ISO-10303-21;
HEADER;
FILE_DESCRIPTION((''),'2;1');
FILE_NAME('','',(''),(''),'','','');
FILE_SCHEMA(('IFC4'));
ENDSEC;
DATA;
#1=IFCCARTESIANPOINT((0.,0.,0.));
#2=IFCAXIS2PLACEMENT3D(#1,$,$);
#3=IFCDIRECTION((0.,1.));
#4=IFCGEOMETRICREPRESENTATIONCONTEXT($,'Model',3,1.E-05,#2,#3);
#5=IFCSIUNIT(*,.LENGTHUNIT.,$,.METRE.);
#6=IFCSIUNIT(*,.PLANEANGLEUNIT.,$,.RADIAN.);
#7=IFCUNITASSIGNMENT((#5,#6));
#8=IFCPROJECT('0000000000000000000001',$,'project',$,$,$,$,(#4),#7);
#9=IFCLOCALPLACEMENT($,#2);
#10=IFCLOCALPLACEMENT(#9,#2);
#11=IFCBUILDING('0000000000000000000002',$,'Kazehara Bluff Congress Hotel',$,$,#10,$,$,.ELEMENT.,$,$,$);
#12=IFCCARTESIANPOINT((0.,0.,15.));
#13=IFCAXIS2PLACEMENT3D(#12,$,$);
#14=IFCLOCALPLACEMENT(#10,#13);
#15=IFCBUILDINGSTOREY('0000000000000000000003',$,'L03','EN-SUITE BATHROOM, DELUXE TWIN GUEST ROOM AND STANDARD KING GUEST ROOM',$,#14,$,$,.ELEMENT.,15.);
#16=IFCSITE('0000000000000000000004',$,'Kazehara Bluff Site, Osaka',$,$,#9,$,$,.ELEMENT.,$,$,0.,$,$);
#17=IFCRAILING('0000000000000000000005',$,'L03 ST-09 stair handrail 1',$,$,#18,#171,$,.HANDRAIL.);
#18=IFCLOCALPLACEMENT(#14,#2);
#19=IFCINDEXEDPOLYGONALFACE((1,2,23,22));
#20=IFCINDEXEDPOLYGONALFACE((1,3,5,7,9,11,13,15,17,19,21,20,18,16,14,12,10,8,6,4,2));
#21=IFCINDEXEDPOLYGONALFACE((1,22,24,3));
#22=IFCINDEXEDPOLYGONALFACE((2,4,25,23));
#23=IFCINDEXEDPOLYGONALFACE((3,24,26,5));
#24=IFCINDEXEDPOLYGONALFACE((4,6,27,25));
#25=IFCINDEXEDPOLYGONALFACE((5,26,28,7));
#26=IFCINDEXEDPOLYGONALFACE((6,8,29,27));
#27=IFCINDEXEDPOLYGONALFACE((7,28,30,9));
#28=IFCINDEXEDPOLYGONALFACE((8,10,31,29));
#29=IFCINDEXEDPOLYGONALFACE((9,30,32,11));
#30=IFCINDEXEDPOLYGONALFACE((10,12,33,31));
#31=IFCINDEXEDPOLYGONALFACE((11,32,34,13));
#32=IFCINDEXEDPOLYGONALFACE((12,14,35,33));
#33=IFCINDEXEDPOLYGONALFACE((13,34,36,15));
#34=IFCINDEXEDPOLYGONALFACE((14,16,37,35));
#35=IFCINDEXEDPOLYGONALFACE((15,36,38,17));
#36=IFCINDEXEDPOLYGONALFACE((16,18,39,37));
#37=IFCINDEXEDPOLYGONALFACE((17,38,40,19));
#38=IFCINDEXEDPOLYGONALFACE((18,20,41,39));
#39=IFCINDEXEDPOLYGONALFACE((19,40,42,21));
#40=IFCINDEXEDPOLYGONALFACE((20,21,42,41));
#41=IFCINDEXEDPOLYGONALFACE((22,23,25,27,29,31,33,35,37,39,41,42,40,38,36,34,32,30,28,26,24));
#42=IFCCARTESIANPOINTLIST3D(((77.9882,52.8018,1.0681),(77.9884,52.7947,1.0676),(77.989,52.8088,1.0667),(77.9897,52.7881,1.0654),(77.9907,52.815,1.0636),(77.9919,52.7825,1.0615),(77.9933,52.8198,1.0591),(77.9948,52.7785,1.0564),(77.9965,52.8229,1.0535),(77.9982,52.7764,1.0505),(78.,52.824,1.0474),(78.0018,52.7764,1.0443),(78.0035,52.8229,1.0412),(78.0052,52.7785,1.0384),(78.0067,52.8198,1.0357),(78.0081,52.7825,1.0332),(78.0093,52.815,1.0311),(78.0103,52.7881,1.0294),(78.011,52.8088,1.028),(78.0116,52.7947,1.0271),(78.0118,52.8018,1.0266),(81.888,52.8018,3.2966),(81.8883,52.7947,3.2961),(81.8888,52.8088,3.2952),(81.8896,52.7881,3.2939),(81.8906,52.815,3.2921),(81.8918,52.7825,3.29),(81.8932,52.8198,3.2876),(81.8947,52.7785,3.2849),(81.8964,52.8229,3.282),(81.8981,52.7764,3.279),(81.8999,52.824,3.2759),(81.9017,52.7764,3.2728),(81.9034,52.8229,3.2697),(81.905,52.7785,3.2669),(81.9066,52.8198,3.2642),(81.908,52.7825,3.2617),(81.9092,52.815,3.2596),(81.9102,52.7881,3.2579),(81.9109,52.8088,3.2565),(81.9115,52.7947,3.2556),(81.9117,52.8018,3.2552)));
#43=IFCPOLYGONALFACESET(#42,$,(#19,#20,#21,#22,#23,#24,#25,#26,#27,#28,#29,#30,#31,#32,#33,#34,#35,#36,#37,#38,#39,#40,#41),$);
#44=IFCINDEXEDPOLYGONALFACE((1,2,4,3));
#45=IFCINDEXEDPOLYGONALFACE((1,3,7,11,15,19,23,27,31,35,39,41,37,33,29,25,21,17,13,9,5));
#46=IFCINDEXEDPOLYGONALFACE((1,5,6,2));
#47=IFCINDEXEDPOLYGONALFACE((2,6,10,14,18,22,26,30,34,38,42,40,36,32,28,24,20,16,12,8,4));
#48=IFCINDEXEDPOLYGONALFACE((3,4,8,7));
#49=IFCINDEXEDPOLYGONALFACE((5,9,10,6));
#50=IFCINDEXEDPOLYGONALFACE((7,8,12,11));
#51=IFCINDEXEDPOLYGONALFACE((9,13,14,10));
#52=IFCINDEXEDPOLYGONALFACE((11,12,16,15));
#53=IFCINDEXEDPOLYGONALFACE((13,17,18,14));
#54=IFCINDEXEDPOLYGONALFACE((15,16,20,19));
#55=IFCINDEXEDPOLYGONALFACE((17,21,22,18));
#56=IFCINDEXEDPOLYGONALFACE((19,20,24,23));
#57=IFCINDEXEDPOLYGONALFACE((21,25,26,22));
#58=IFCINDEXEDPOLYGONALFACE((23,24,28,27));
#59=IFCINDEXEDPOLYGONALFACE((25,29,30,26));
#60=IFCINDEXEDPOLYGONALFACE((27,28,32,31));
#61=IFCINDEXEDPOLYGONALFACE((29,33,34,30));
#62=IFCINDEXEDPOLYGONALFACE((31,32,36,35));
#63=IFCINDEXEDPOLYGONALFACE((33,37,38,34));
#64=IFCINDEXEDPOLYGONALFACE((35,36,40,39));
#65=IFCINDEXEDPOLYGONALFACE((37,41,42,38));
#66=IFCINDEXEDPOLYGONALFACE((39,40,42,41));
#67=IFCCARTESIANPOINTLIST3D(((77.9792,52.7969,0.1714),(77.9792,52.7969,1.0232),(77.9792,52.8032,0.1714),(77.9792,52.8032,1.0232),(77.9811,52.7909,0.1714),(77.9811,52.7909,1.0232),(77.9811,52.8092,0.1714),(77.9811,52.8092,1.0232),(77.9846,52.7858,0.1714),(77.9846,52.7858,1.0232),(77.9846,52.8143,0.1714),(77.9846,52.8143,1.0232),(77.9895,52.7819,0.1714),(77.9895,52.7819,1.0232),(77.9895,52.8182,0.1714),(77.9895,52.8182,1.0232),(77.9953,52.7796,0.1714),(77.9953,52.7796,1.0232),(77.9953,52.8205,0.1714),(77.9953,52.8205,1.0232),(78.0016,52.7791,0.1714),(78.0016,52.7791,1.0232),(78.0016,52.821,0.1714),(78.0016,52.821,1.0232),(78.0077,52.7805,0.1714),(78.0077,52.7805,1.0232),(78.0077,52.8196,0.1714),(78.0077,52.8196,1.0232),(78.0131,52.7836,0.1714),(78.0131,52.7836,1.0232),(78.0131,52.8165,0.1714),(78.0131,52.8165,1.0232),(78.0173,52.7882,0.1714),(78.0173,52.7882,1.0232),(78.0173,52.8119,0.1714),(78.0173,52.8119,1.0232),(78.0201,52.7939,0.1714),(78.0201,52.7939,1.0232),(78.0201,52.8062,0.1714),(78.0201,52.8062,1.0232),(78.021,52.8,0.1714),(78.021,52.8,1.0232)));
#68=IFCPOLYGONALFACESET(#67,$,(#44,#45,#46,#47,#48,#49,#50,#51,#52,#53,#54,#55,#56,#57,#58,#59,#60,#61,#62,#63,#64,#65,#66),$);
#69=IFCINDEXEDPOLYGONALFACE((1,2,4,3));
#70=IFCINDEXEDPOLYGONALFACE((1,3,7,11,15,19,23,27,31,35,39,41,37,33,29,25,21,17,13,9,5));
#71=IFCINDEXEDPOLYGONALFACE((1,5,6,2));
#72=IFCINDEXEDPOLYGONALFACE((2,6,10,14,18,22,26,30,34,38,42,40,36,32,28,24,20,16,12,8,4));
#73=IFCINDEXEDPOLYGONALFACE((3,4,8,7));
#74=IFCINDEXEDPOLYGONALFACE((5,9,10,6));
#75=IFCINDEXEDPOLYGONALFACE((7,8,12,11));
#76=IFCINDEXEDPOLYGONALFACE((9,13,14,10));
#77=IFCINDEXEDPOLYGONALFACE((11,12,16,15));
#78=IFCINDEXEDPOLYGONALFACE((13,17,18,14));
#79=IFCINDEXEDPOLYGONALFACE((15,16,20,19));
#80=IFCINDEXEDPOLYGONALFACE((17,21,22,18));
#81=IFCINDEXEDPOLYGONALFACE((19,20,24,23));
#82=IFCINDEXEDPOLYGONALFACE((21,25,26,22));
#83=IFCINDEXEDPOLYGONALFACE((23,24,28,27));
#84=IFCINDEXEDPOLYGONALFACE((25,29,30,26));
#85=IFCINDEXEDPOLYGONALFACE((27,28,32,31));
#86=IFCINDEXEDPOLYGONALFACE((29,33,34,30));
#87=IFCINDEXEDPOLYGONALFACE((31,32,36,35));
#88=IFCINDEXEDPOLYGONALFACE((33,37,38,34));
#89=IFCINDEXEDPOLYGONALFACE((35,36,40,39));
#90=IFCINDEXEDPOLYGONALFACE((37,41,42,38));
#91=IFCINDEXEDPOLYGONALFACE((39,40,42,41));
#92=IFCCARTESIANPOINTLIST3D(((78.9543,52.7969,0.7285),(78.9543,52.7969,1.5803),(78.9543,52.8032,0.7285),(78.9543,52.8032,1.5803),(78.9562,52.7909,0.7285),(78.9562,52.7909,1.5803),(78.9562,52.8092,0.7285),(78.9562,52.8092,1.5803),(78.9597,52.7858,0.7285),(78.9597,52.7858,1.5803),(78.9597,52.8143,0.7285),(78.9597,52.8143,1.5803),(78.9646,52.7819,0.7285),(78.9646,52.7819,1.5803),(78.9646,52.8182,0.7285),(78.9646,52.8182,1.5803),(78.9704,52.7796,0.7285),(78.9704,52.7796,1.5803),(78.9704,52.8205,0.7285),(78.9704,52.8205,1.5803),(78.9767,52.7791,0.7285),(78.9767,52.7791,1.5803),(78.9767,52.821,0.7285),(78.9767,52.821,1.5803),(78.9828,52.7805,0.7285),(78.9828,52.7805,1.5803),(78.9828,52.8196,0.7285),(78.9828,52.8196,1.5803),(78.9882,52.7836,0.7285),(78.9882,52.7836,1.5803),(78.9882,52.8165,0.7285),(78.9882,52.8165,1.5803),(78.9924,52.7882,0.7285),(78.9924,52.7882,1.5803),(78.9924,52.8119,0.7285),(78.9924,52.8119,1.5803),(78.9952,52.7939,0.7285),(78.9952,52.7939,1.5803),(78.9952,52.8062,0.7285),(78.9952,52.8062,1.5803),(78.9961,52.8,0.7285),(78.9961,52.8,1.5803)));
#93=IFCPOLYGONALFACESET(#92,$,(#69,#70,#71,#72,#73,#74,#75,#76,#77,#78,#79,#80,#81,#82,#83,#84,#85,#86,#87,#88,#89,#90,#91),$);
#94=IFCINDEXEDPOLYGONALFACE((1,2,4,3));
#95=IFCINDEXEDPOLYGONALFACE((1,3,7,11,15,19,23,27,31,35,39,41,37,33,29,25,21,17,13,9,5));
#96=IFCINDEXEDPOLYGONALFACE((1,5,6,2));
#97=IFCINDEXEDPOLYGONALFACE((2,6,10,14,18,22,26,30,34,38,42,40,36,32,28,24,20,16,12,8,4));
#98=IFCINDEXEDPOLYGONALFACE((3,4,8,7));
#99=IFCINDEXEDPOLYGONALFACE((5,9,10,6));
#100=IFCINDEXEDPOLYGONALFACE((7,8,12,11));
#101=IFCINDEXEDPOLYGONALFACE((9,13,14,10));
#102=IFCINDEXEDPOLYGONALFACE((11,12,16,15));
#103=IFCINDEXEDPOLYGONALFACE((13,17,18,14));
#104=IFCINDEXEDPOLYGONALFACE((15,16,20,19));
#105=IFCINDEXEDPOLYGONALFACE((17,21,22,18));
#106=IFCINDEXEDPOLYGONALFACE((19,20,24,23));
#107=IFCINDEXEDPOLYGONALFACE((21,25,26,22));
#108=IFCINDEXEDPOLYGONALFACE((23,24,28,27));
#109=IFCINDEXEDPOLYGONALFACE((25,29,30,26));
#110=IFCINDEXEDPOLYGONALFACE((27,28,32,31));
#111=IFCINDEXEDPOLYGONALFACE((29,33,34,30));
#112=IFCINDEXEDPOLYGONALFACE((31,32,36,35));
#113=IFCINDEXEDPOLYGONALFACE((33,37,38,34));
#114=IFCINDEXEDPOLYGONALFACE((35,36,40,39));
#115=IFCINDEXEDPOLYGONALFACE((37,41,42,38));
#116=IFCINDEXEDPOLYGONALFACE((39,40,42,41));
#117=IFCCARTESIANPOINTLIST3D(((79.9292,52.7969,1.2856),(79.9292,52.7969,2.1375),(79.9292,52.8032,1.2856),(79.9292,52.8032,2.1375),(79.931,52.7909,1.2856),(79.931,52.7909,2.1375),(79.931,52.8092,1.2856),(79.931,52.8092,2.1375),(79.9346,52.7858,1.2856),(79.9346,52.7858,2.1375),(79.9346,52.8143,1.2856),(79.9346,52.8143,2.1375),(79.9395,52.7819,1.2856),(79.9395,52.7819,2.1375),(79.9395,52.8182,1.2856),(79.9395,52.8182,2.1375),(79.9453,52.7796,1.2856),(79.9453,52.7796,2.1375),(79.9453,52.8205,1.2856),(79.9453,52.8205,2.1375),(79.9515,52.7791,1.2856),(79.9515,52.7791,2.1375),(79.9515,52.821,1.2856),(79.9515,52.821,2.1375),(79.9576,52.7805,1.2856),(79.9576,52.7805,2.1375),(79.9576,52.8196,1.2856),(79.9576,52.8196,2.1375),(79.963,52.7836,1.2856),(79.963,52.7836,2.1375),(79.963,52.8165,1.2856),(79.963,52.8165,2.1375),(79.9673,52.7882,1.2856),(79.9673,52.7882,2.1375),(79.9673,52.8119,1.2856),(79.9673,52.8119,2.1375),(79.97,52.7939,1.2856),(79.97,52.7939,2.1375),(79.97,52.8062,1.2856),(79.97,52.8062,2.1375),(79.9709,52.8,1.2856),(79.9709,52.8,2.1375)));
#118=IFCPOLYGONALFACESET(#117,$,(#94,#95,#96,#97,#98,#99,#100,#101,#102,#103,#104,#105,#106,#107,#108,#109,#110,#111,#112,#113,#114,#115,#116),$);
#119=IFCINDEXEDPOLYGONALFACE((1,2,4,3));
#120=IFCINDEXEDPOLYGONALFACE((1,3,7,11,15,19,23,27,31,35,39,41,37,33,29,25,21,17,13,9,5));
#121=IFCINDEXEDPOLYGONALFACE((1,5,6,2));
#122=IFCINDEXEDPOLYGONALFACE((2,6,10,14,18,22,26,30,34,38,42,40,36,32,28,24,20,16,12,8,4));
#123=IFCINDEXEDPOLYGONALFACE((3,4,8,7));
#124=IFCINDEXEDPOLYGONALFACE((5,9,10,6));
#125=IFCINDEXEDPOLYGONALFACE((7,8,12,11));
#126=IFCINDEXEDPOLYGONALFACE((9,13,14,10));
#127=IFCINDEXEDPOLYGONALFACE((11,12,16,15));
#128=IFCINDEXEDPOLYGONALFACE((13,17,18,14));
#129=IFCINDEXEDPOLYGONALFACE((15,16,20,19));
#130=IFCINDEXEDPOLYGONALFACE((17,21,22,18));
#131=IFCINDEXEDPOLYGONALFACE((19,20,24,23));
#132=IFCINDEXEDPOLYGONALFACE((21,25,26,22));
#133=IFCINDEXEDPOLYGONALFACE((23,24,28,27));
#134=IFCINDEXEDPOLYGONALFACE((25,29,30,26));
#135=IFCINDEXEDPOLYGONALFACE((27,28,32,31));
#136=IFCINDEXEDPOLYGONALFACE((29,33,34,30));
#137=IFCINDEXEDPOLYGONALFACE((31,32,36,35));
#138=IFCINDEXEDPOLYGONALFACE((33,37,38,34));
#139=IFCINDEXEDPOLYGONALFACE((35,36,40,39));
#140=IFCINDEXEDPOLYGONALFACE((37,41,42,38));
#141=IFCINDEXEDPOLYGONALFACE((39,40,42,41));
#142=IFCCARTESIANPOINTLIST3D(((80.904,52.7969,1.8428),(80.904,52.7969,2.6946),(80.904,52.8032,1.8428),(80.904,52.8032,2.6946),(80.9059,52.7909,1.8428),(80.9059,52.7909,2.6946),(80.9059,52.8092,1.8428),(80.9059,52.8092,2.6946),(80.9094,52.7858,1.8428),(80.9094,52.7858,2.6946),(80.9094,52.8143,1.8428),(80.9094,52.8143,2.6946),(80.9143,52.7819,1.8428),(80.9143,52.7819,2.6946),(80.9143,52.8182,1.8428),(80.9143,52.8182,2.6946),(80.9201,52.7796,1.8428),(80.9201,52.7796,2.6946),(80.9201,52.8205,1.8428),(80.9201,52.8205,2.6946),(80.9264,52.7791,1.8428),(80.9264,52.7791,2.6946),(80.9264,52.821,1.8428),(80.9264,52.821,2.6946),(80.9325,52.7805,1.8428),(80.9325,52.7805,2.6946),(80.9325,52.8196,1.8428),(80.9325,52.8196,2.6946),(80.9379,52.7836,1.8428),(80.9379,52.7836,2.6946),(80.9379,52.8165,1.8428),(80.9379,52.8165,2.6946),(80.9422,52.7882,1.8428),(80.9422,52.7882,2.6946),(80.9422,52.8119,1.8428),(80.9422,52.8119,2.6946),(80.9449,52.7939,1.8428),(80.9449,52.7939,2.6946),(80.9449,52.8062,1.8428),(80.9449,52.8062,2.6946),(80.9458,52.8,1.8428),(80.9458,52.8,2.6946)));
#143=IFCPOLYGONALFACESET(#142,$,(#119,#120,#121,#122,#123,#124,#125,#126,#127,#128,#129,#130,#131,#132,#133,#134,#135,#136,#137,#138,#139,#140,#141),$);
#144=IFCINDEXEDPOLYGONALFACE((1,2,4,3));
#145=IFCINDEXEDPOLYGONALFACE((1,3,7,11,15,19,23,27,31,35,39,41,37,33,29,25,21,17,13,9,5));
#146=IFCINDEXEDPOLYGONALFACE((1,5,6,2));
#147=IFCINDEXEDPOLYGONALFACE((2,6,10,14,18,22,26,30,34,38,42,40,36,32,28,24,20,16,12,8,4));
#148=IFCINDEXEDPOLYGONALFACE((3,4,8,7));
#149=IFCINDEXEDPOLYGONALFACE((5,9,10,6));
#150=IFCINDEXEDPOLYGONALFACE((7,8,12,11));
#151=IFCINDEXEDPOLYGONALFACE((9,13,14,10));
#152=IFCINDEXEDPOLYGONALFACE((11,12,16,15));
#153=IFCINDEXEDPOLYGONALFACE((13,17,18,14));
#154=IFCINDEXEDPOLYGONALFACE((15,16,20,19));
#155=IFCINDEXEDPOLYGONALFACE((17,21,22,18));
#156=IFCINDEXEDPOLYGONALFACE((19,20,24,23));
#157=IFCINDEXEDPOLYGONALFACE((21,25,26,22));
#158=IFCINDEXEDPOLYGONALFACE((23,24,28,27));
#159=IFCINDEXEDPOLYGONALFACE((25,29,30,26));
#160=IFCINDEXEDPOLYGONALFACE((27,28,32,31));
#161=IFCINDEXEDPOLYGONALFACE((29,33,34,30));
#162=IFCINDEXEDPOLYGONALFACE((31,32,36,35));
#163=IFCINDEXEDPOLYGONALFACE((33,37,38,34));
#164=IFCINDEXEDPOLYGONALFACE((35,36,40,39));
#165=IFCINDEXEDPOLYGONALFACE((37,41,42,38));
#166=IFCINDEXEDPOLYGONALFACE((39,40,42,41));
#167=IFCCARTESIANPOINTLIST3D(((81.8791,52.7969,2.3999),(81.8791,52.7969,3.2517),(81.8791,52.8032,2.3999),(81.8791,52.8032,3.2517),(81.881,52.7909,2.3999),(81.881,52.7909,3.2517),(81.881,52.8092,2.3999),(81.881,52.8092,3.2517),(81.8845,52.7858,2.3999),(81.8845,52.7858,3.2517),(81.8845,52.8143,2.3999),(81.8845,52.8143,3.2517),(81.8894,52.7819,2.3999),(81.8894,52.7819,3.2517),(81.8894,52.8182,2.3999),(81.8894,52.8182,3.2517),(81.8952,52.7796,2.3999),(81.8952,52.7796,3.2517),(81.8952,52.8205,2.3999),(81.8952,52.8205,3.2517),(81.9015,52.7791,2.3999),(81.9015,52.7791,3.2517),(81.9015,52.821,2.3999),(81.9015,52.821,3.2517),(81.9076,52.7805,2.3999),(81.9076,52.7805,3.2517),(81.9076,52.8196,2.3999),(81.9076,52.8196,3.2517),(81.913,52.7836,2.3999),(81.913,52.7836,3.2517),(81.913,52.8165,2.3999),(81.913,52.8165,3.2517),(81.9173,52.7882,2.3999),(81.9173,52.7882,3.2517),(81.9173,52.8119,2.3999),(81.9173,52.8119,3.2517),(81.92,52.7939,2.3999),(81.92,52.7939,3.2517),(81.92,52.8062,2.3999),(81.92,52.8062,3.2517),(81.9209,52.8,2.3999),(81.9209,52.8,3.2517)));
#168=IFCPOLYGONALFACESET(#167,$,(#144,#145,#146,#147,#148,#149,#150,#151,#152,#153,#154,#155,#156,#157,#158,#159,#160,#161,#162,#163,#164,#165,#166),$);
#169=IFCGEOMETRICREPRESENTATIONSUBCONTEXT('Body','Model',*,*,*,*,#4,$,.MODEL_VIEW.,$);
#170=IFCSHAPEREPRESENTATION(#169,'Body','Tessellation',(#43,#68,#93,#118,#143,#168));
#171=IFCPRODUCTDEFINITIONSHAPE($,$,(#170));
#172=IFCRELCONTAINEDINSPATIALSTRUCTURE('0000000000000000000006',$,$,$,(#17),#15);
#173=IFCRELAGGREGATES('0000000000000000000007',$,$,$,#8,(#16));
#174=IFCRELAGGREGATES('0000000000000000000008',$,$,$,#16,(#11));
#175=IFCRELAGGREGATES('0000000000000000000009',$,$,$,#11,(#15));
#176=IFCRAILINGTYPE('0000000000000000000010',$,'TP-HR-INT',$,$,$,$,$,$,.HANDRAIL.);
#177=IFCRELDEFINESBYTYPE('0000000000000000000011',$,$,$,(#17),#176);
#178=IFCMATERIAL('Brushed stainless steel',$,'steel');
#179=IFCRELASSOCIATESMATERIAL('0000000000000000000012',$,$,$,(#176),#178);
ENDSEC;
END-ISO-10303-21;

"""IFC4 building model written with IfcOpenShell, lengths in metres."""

from ifc_helpers import new_model, si_unit, direction, frame, origin, origin_2d, place, context, subcontext, project, spatial, circle, extrude, material, type_object, element, save


model = new_model("IFC4")

# Units and contexts
model_context = context("Model", 3, precision=1e-05, world=origin(), true_north=direction((0.0, 1.0)))
body_context = subcontext(model_context, "Body", "Model", "MODEL_VIEW")
ifc_project = project(units=[si_unit("LENGTHUNIT", "METRE"), si_unit("PLANEANGLEUNIT", "RADIAN")], contexts=[model_context])

# Site, building, storey
site_placement = place(None, origin())
site = spatial("IfcSite", under=ifc_project, at=site_placement, Name="Kazehara Bluff Site, Osaka", CompositionType="ELEMENT", RefElevation=0.0)
building_placement = place(site_placement, origin())
building = spatial("IfcBuilding", under=site, at=building_placement, Name="Kazehara Bluff Congress Hotel", CompositionType="ELEMENT")
storey_placement = place(building_placement, frame((0.0, 0.0, 15.0)))
storey = spatial("IfcBuildingStorey", under=building, at=storey_placement, Name="L03", Description="EN-SUITE BATHROOM, DELUXE TWIN GUEST ROOM AND STANDARD KING GUEST ROOM", CompositionType="ELEMENT", Elevation=15.0)

# Railing
ifc_material_1 = material(Name="Brushed stainless steel", Category="steel")
railing_type_1 = type_object("IfcRailingType", Name="TP-HR-INT", PredefinedType="HANDRAIL", material=ifc_material_1)
railing_1_placement = place(storey_placement, frame((78.0, 52.8, 0.1714)))
element("IfcRailing", 1, at=railing_1_placement, inside=storey, type_object=railing_type_1, Name="L03 ST-09 stair handrail 1", PredefinedType="HANDRAIL", context=body_context, shape_type="SweptSolid", body=[
    extrude(circle(Radius=0.0239, at=origin_2d()), frame((0.0, 0.0, 0.876), z_axis=(0.868243, 0.0, 0.496139), x_axis=(0.0, 1.0, 0.0)), (0.0, 0.0, 1.0), 4.4917),
    extrude(circle(Radius=0.021, at=origin_2d()), origin(), (0.0, 0.0, 1.0), 0.8518),
    extrude(circle(Radius=0.021, at=origin_2d()), frame((0.9751, 0.0, 0.5571)), (0.0, 0.0, 1.0), 0.8518),
    extrude(circle(Radius=0.021, at=origin_2d()), frame((1.95, 0.0, 1.1143)), (0.0, 0.0, 1.0), 0.8518),
    extrude(circle(Radius=0.021, at=origin_2d()), frame((2.9248, 0.0, 1.6714)), (0.0, 0.0, 1.0), 0.8518),
    extrude(circle(Radius=0.021, at=origin_2d()), frame((3.8999, 0.0, 2.2285)), (0.0, 0.0, 1.0), 0.8518),
])

save(model, "model.ifc")
